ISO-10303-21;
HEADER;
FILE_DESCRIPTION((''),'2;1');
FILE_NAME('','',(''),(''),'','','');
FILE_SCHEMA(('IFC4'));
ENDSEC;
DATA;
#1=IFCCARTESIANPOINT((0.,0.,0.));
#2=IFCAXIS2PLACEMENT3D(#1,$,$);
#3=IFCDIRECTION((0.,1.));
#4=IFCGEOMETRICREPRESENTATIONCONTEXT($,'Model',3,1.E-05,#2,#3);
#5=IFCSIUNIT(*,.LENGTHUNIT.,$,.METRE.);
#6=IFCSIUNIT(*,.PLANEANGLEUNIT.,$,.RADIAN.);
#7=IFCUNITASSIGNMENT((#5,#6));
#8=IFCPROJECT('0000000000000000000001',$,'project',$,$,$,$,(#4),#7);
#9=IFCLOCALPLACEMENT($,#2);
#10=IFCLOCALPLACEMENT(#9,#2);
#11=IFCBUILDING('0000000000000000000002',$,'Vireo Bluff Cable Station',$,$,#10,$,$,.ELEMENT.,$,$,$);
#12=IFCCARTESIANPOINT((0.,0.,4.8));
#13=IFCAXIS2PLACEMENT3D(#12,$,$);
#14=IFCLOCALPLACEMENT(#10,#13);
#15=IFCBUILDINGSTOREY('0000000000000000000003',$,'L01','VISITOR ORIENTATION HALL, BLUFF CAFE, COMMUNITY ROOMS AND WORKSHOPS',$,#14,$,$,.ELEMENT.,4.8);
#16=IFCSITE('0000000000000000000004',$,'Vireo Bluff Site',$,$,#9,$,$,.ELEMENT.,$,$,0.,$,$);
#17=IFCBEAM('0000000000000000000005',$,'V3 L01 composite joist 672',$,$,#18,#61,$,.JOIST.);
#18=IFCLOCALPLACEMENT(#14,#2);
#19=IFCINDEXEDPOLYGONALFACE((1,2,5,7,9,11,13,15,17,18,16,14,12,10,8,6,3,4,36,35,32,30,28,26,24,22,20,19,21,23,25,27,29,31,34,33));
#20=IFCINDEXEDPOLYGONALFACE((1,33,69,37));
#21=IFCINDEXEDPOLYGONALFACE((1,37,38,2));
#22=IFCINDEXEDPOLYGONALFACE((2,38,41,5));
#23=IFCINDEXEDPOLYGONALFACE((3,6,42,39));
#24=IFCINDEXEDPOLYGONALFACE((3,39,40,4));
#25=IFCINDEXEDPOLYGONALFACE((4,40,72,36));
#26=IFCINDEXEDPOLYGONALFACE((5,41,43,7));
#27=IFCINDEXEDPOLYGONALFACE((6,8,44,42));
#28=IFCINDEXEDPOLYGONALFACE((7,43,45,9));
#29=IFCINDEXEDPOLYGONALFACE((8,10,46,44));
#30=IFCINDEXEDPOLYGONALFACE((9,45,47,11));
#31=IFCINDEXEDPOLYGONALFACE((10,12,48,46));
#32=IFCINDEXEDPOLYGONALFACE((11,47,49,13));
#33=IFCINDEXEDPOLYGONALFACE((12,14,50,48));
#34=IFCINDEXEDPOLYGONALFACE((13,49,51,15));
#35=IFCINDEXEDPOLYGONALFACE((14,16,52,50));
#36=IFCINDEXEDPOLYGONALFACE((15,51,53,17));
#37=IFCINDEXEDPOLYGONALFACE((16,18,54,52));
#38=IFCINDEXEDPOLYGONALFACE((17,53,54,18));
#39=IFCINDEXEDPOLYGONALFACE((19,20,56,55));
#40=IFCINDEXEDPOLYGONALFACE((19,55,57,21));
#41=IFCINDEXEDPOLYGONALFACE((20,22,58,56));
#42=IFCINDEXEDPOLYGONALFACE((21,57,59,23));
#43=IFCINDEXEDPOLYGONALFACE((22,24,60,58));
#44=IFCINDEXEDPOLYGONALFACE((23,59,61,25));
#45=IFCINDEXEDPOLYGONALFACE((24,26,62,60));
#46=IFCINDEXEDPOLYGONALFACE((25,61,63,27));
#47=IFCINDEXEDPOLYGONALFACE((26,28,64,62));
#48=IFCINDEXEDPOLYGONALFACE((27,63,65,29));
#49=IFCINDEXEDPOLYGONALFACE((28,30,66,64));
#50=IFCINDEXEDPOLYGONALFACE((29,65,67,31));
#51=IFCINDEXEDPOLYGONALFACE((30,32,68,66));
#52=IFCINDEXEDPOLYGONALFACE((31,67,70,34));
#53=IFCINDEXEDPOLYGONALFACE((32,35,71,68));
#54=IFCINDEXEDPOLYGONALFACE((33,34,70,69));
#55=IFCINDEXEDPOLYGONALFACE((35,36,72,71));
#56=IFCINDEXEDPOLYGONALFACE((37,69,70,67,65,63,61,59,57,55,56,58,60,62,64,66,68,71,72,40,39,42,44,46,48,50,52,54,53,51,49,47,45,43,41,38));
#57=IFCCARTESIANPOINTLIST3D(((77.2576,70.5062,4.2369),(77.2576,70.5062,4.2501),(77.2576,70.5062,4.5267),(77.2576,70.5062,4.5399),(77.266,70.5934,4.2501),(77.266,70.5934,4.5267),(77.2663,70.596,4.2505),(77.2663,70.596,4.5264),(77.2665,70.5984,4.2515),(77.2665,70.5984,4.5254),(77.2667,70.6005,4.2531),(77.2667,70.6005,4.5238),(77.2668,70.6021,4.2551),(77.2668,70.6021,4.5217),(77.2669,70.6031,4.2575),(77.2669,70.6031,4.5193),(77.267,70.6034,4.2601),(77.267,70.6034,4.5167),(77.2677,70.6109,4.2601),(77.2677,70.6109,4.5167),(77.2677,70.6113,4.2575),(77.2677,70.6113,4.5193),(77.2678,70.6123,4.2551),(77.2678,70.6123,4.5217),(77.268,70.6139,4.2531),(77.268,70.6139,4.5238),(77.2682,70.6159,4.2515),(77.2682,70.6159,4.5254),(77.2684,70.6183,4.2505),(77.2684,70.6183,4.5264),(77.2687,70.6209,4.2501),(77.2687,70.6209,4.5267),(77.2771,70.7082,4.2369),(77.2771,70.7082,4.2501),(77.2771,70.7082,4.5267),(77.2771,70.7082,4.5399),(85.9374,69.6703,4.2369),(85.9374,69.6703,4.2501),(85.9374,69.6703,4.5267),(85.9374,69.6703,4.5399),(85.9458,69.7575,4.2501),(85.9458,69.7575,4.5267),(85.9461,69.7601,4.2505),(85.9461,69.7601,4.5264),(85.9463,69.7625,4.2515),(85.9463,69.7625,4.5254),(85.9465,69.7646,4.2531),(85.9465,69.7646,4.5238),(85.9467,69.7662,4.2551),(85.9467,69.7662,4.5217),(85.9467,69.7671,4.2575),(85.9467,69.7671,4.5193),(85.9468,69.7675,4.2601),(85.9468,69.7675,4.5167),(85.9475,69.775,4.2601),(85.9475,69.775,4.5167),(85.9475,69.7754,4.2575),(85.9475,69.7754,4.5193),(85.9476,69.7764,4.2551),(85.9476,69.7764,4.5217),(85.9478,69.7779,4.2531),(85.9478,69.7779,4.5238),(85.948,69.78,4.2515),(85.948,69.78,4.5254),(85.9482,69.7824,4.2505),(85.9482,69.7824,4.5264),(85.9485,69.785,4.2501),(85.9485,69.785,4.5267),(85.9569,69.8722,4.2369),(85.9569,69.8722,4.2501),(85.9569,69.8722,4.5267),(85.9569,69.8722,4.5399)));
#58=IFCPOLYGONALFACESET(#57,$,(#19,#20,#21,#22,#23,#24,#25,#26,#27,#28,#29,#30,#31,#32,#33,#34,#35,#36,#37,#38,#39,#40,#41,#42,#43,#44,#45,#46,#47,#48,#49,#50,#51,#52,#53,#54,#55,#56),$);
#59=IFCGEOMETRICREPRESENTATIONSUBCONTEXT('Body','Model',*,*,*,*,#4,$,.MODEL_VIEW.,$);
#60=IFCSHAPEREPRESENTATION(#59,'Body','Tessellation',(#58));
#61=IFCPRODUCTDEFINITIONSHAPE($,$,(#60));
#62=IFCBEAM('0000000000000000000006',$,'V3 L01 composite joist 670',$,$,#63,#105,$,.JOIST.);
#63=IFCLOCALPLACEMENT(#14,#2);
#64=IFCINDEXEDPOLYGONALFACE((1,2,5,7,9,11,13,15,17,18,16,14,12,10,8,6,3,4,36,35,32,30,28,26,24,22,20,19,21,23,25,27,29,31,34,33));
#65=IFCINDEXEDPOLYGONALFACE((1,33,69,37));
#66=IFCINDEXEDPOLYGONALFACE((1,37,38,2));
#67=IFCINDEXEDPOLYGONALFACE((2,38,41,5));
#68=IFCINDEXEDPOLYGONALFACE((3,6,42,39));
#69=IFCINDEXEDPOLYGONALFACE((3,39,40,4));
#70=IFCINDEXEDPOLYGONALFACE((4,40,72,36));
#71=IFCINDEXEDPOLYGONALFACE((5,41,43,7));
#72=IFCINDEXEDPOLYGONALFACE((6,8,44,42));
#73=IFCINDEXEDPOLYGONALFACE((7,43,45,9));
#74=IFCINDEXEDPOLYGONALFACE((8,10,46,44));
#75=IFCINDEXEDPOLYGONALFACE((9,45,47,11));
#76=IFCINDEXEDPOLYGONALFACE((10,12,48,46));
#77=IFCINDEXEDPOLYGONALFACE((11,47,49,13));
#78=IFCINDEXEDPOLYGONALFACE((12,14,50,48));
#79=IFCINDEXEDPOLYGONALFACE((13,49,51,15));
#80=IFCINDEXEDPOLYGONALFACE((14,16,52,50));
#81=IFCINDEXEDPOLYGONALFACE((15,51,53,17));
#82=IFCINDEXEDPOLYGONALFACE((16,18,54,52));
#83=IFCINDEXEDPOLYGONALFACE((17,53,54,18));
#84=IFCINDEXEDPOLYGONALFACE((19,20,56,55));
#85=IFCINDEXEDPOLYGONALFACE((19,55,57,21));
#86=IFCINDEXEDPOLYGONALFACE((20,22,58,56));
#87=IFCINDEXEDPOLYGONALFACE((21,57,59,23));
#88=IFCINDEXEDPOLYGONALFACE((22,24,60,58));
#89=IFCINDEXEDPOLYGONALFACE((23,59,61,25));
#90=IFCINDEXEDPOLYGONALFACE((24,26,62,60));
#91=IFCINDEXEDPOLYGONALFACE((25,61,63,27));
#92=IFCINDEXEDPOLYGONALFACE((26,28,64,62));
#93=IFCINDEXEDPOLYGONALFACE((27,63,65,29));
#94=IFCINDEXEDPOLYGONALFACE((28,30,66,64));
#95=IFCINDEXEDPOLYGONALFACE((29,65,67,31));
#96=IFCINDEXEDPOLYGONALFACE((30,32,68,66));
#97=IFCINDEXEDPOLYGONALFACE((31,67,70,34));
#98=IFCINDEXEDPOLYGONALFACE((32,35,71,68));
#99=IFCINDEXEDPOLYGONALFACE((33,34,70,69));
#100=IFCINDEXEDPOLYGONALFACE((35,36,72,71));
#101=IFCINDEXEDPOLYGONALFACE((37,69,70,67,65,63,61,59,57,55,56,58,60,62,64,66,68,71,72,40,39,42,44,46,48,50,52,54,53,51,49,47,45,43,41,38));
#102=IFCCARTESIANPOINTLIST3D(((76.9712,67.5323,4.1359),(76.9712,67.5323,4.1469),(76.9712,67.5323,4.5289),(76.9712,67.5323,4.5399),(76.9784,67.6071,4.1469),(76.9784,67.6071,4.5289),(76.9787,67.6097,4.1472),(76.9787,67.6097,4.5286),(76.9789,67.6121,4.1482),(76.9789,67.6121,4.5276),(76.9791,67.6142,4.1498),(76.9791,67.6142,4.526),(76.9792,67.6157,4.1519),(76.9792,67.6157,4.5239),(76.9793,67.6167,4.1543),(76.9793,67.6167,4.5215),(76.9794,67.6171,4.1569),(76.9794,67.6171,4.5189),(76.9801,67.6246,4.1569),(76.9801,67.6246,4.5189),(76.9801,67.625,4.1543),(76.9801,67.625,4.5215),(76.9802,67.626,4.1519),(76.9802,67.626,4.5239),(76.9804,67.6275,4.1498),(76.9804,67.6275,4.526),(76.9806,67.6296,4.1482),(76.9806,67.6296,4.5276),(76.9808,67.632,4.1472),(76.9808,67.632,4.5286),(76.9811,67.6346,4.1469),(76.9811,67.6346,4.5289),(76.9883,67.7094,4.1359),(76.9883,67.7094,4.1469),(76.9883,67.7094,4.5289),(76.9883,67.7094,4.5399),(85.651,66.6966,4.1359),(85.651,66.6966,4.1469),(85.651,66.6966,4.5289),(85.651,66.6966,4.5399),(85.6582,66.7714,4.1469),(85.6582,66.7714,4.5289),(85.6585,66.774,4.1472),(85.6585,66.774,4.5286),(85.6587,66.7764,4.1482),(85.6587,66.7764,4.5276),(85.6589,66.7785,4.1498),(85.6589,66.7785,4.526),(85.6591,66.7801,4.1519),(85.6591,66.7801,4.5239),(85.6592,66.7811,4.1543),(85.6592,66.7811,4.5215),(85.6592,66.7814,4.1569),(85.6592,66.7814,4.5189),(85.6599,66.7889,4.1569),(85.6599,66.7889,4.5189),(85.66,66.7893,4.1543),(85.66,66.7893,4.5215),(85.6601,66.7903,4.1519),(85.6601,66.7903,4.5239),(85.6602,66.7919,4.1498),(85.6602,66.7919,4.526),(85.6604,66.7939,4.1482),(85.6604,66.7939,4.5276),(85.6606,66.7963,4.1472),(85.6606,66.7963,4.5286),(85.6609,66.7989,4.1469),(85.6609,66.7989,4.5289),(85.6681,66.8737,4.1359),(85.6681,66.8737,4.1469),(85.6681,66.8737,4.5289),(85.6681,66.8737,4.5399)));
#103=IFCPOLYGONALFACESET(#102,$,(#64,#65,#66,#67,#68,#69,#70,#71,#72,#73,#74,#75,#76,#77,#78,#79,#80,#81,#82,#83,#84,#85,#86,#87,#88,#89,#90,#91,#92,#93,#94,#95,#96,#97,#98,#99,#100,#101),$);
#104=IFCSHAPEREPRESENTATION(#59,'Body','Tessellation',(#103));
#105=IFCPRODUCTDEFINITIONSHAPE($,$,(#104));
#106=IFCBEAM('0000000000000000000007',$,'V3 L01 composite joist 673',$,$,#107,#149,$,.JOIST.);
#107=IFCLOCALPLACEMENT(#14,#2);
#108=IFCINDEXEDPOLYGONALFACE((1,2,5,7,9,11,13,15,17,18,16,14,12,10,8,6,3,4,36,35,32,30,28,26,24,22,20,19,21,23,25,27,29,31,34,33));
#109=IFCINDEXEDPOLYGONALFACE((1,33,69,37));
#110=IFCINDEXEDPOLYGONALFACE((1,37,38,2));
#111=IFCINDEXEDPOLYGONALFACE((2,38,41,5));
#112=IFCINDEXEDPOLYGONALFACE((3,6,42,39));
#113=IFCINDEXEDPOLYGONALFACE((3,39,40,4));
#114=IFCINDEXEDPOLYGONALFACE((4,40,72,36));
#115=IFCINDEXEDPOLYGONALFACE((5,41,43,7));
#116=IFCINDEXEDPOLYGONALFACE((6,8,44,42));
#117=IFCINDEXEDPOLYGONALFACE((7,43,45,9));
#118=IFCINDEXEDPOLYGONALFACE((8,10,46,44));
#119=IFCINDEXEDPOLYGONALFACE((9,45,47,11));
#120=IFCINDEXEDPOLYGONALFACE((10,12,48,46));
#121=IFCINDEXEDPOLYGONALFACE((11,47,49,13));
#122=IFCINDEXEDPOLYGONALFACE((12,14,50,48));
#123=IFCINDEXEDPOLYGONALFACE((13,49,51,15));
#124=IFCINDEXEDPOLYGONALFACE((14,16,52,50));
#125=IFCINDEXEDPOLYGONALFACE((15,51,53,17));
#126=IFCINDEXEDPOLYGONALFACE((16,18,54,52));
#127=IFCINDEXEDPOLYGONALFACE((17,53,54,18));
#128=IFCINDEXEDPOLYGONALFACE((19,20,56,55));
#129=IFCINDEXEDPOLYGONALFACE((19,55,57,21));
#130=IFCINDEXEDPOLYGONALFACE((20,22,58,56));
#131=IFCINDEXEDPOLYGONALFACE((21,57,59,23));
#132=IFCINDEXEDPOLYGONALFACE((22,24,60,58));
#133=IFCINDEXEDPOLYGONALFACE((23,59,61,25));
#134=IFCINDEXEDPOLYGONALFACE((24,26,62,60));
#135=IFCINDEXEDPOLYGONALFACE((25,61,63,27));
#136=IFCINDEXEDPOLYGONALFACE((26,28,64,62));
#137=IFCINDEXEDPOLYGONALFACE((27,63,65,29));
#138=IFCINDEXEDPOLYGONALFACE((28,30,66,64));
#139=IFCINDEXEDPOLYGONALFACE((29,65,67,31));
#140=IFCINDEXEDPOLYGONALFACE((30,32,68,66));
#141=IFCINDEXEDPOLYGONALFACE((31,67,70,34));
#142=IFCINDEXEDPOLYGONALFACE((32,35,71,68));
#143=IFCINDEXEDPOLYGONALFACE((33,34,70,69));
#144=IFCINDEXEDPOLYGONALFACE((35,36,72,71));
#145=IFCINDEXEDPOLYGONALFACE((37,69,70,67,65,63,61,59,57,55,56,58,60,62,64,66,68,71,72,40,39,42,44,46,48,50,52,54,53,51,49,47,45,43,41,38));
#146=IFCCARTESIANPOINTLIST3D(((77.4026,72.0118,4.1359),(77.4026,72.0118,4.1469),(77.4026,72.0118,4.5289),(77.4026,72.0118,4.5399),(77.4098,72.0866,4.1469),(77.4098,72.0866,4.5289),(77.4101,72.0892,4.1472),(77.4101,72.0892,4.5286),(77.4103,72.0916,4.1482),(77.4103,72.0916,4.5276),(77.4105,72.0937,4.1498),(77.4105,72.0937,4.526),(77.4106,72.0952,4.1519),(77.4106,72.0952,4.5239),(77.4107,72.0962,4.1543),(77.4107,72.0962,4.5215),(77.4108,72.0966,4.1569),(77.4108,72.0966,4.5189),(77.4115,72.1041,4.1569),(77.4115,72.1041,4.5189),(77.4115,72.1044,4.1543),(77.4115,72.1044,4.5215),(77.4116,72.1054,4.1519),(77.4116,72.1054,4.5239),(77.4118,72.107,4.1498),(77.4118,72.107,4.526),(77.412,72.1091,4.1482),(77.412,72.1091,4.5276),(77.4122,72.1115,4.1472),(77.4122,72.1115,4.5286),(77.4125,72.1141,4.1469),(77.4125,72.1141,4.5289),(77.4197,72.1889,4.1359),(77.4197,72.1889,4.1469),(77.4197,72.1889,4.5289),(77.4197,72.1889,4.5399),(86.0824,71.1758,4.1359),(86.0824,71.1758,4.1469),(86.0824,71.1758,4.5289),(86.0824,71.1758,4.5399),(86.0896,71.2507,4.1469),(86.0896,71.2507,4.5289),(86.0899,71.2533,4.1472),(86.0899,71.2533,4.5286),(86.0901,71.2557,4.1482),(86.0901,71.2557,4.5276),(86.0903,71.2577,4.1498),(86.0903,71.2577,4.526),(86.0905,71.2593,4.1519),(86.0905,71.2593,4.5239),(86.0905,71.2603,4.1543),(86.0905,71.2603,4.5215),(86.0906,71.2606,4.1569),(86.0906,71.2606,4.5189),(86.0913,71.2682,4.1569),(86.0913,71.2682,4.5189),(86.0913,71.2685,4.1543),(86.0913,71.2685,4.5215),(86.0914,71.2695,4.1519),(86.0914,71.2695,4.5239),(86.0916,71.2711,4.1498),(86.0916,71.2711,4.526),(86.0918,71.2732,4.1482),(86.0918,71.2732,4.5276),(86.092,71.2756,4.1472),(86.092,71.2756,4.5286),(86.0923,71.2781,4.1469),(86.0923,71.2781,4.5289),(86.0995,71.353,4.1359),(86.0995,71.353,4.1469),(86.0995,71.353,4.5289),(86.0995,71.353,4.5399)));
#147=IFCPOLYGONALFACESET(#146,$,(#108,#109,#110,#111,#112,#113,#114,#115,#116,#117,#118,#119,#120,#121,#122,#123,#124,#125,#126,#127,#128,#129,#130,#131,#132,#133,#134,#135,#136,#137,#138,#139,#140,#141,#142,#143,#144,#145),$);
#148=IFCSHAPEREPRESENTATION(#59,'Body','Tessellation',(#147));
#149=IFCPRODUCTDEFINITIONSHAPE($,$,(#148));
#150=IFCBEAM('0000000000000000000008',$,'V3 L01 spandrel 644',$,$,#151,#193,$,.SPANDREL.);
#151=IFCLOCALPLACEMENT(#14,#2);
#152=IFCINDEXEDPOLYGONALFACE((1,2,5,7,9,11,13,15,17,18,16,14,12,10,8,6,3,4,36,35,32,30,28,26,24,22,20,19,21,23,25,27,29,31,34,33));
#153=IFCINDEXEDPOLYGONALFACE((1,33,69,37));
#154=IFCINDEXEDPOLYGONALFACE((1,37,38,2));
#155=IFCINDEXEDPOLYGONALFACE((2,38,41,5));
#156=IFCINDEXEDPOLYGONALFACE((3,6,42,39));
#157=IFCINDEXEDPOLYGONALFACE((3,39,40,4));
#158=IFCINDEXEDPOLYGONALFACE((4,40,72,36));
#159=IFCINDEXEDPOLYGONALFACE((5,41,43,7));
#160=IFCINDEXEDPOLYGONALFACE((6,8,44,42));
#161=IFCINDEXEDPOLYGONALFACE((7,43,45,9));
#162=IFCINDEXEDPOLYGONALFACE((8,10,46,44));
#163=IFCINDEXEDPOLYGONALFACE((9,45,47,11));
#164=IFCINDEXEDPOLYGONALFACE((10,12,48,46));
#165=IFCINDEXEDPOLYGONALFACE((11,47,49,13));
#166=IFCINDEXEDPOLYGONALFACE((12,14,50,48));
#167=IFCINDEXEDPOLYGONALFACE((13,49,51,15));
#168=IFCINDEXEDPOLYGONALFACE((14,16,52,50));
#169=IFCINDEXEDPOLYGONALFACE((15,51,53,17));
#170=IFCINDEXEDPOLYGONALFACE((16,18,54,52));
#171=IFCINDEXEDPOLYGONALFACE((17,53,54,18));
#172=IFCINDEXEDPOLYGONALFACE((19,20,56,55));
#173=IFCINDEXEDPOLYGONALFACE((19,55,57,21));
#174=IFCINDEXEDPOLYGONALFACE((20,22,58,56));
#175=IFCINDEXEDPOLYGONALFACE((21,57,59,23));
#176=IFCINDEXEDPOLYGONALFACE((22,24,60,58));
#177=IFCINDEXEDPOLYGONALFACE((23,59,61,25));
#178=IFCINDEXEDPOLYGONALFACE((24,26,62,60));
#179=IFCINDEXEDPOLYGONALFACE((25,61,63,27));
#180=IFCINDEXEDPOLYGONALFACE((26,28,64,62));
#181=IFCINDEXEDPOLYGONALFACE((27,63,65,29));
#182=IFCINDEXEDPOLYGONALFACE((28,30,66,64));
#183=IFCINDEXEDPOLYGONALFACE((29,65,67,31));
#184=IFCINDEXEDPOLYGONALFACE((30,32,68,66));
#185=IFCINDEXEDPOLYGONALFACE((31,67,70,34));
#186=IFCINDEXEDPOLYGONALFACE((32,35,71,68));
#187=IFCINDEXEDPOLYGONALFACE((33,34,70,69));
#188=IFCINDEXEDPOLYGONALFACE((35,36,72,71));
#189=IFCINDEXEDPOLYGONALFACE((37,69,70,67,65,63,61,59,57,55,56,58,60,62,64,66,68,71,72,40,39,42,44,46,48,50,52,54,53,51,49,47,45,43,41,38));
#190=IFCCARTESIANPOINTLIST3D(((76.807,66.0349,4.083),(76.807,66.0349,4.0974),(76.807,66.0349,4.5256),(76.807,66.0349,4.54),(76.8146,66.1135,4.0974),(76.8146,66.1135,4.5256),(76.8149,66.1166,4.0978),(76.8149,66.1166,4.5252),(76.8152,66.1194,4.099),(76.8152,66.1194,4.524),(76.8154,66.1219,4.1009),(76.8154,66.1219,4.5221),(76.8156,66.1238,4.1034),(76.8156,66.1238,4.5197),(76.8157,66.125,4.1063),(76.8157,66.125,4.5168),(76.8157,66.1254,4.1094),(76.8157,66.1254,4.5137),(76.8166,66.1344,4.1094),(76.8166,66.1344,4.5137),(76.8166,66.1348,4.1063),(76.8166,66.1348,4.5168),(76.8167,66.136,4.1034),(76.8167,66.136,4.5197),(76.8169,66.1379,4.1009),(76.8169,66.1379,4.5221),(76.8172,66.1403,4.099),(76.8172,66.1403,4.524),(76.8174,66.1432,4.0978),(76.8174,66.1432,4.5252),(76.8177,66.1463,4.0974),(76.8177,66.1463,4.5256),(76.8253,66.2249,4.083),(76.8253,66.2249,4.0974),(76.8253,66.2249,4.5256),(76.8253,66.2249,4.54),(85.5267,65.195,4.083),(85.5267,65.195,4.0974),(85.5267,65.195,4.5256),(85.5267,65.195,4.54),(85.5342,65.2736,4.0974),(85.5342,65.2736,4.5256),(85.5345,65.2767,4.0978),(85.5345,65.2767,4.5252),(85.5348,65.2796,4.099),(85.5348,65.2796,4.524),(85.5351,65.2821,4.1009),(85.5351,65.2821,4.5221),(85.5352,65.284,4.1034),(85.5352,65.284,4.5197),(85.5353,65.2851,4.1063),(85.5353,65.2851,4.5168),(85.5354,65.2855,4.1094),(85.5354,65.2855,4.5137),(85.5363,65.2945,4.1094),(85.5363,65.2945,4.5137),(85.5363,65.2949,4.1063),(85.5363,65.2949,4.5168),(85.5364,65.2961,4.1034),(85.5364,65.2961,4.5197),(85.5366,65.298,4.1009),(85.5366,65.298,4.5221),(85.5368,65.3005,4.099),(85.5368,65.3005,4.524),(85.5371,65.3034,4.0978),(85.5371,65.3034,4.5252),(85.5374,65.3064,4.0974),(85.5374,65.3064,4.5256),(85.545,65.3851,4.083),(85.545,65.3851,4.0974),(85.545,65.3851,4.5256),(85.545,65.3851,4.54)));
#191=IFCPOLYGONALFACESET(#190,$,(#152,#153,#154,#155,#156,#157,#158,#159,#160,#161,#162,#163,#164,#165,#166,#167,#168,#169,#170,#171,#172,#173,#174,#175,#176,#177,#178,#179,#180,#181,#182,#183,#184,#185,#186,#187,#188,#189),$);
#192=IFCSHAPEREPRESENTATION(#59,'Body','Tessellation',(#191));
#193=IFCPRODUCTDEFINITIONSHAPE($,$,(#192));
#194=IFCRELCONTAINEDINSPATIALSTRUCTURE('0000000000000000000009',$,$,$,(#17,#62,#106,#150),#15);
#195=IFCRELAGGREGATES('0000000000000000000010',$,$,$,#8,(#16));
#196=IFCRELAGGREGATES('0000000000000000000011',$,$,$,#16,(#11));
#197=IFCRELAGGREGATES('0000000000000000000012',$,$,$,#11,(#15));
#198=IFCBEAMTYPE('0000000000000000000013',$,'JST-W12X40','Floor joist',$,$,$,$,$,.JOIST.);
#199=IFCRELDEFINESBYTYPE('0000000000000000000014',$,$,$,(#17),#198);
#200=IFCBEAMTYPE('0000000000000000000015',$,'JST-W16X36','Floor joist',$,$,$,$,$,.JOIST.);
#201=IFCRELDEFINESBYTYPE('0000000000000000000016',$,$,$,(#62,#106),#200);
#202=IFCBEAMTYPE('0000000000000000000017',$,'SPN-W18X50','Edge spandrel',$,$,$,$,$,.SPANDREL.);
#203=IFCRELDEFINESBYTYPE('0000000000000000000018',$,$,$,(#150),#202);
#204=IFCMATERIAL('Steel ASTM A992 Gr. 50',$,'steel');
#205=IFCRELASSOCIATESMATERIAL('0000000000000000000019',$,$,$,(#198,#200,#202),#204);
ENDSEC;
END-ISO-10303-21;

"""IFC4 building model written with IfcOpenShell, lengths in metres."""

from ifc_helpers import new_model, si_unit, direction, frame, origin, origin_2d, place, context, subcontext, project, spatial, i_section, extrude, material, material_profile, profile_set, type_object, element, save


model = new_model("IFC4")

# Units and contexts
model_context = context("Model", 3, precision=1e-05, world=origin(), true_north=direction((0.0, 1.0)))
body_context = subcontext(model_context, "Body", "Model", "MODEL_VIEW")
ifc_project = project(units=[si_unit("LENGTHUNIT", "METRE"), si_unit("PLANEANGLEUNIT", "RADIAN")], contexts=[model_context])

# Site, building, storey
site_placement = place(None, origin())
site = spatial("IfcSite", under=ifc_project, at=site_placement, Name="Vireo Bluff Site", CompositionType="ELEMENT", RefElevation=0.0)
building_placement = place(site_placement, origin())
building = spatial("IfcBuilding", under=site, at=building_placement, Name="Vireo Bluff Cable Station", CompositionType="ELEMENT")
storey_placement = place(building_placement, frame((0.0, 0.0, 4.8)))
storey = spatial("IfcBuildingStorey", under=building, at=storey_placement, Name="L01", Description="VISITOR ORIENTATION HALL, BLUFF CAFE, COMMUNITY ROOMS AND WORKSHOPS", CompositionType="ELEMENT", Elevation=4.8)

# Shared definitions
ifc_material_1 = material(Name="Steel ASTM A992 Gr. 50", Category="steel")

# Beams
ifc_material_profile_1 = material_profile(ifc_material_1, i_section(OverallWidth=0.2029, OverallDepth=0.303, WebThickness=0.0076, FlangeThickness=0.0132, FilletRadius=0.01, at=origin_2d()), Name="W12X40")
ifc_profile_set_1 = profile_set([ifc_material_profile_1], Name="Steel ASTM A992 Gr. 50")
beam_type_1 = type_object("IfcBeamType", Name="JST-W12X40", Description="Floor joist", PredefinedType="JOIST", material=ifc_profile_set_1)
beam_1_placement = place(storey_placement, frame((77.2673, 70.6072, 4.3884), z_axis=(0.995395, -0.095863, 0.0), x_axis=(0.095863, 0.995395, 0.0)))
element("IfcBeam", 1, at=beam_1_placement, inside=storey, type_object=beam_type_1, Name="V3 L01 composite joist 672", PredefinedType="JOIST", context=body_context, shape_type="SweptSolid", body=[
    extrude(i_section(OverallWidth=0.2029, OverallDepth=0.303, WebThickness=0.0076, FlangeThickness=0.0132, FilletRadius=0.01, at=origin_2d()), origin(), (0.0, 0.0, 1.0), 8.72),
])
ifc_material_profile_2 = material_profile(ifc_material_1, i_section(OverallWidth=0.178, OverallDepth=0.4041, WebThickness=0.0076, FlangeThickness=0.011, FilletRadius=0.01, at=origin_2d()), Name="W16X36")
ifc_profile_set_2 = profile_set([ifc_material_profile_2], Name="Steel ASTM A992 Gr. 50")
beam_type_2 = type_object("IfcBeamType", Name="JST-W16X36", Description="Floor joist", PredefinedType="JOIST", material=ifc_profile_set_2)
for number, where, z_axis, x_axis, name in (
    (2, (76.9797, 67.6208, 4.3379), (0.995397, -0.095836, 0.0), (0.095836, 0.995397, 0.0), "V3 L01 composite joist 670"),
    (3, (77.4111, 72.1003, 4.3379), (0.995395, -0.095863, 0.0), (0.095863, 0.995395, 0.0), "V3 L01 composite joist 673"),
):
    element("IfcBeam", number, at=place(storey_placement, frame(where, z_axis=z_axis, x_axis=x_axis)), inside=storey, type_object=beam_type_2, Name=name, PredefinedType="JOIST", context=body_context, shape_type="SweptSolid", body=[
        extrude(i_section(OverallWidth=0.178, OverallDepth=0.4041, WebThickness=0.0076, FlangeThickness=0.011, FilletRadius=0.01, at=origin_2d()), origin(), (0.0, 0.0, 1.0), 8.72),
    ])
ifc_material_profile_3 = material_profile(ifc_material_1, i_section(OverallWidth=0.1909, OverallDepth=0.457, WebThickness=0.009, FlangeThickness=0.0144, FilletRadius=0.012, at=origin_2d()), Name="W18X50")
ifc_profile_set_3 = profile_set([ifc_material_profile_3], Name="Steel ASTM A992 Gr. 50")
beam_type_3 = type_object("IfcBeamType", Name="SPN-W18X50", Description="Edge spandrel", PredefinedType="SPANDREL", material=ifc_profile_set_3)
beam_2_placement = place(storey_placement, frame((76.8162, 66.1299, 4.3115), z_axis=(0.995394, -0.095872, 0.0), x_axis=(0.095872, 0.995394, 0.0)))
element("IfcBeam", 4, at=beam_2_placement, inside=storey, type_object=beam_type_3, Name="V3 L01 spandrel 644", PredefinedType="SPANDREL", context=body_context, shape_type="SweptSolid", body=[
    extrude(i_section(OverallWidth=0.1909, OverallDepth=0.457, WebThickness=0.009, FlangeThickness=0.0144, FilletRadius=0.012, at=origin_2d()), origin(), (0.0, 0.0, 1.0), 8.76),
])

save(model, "model.ifc")
